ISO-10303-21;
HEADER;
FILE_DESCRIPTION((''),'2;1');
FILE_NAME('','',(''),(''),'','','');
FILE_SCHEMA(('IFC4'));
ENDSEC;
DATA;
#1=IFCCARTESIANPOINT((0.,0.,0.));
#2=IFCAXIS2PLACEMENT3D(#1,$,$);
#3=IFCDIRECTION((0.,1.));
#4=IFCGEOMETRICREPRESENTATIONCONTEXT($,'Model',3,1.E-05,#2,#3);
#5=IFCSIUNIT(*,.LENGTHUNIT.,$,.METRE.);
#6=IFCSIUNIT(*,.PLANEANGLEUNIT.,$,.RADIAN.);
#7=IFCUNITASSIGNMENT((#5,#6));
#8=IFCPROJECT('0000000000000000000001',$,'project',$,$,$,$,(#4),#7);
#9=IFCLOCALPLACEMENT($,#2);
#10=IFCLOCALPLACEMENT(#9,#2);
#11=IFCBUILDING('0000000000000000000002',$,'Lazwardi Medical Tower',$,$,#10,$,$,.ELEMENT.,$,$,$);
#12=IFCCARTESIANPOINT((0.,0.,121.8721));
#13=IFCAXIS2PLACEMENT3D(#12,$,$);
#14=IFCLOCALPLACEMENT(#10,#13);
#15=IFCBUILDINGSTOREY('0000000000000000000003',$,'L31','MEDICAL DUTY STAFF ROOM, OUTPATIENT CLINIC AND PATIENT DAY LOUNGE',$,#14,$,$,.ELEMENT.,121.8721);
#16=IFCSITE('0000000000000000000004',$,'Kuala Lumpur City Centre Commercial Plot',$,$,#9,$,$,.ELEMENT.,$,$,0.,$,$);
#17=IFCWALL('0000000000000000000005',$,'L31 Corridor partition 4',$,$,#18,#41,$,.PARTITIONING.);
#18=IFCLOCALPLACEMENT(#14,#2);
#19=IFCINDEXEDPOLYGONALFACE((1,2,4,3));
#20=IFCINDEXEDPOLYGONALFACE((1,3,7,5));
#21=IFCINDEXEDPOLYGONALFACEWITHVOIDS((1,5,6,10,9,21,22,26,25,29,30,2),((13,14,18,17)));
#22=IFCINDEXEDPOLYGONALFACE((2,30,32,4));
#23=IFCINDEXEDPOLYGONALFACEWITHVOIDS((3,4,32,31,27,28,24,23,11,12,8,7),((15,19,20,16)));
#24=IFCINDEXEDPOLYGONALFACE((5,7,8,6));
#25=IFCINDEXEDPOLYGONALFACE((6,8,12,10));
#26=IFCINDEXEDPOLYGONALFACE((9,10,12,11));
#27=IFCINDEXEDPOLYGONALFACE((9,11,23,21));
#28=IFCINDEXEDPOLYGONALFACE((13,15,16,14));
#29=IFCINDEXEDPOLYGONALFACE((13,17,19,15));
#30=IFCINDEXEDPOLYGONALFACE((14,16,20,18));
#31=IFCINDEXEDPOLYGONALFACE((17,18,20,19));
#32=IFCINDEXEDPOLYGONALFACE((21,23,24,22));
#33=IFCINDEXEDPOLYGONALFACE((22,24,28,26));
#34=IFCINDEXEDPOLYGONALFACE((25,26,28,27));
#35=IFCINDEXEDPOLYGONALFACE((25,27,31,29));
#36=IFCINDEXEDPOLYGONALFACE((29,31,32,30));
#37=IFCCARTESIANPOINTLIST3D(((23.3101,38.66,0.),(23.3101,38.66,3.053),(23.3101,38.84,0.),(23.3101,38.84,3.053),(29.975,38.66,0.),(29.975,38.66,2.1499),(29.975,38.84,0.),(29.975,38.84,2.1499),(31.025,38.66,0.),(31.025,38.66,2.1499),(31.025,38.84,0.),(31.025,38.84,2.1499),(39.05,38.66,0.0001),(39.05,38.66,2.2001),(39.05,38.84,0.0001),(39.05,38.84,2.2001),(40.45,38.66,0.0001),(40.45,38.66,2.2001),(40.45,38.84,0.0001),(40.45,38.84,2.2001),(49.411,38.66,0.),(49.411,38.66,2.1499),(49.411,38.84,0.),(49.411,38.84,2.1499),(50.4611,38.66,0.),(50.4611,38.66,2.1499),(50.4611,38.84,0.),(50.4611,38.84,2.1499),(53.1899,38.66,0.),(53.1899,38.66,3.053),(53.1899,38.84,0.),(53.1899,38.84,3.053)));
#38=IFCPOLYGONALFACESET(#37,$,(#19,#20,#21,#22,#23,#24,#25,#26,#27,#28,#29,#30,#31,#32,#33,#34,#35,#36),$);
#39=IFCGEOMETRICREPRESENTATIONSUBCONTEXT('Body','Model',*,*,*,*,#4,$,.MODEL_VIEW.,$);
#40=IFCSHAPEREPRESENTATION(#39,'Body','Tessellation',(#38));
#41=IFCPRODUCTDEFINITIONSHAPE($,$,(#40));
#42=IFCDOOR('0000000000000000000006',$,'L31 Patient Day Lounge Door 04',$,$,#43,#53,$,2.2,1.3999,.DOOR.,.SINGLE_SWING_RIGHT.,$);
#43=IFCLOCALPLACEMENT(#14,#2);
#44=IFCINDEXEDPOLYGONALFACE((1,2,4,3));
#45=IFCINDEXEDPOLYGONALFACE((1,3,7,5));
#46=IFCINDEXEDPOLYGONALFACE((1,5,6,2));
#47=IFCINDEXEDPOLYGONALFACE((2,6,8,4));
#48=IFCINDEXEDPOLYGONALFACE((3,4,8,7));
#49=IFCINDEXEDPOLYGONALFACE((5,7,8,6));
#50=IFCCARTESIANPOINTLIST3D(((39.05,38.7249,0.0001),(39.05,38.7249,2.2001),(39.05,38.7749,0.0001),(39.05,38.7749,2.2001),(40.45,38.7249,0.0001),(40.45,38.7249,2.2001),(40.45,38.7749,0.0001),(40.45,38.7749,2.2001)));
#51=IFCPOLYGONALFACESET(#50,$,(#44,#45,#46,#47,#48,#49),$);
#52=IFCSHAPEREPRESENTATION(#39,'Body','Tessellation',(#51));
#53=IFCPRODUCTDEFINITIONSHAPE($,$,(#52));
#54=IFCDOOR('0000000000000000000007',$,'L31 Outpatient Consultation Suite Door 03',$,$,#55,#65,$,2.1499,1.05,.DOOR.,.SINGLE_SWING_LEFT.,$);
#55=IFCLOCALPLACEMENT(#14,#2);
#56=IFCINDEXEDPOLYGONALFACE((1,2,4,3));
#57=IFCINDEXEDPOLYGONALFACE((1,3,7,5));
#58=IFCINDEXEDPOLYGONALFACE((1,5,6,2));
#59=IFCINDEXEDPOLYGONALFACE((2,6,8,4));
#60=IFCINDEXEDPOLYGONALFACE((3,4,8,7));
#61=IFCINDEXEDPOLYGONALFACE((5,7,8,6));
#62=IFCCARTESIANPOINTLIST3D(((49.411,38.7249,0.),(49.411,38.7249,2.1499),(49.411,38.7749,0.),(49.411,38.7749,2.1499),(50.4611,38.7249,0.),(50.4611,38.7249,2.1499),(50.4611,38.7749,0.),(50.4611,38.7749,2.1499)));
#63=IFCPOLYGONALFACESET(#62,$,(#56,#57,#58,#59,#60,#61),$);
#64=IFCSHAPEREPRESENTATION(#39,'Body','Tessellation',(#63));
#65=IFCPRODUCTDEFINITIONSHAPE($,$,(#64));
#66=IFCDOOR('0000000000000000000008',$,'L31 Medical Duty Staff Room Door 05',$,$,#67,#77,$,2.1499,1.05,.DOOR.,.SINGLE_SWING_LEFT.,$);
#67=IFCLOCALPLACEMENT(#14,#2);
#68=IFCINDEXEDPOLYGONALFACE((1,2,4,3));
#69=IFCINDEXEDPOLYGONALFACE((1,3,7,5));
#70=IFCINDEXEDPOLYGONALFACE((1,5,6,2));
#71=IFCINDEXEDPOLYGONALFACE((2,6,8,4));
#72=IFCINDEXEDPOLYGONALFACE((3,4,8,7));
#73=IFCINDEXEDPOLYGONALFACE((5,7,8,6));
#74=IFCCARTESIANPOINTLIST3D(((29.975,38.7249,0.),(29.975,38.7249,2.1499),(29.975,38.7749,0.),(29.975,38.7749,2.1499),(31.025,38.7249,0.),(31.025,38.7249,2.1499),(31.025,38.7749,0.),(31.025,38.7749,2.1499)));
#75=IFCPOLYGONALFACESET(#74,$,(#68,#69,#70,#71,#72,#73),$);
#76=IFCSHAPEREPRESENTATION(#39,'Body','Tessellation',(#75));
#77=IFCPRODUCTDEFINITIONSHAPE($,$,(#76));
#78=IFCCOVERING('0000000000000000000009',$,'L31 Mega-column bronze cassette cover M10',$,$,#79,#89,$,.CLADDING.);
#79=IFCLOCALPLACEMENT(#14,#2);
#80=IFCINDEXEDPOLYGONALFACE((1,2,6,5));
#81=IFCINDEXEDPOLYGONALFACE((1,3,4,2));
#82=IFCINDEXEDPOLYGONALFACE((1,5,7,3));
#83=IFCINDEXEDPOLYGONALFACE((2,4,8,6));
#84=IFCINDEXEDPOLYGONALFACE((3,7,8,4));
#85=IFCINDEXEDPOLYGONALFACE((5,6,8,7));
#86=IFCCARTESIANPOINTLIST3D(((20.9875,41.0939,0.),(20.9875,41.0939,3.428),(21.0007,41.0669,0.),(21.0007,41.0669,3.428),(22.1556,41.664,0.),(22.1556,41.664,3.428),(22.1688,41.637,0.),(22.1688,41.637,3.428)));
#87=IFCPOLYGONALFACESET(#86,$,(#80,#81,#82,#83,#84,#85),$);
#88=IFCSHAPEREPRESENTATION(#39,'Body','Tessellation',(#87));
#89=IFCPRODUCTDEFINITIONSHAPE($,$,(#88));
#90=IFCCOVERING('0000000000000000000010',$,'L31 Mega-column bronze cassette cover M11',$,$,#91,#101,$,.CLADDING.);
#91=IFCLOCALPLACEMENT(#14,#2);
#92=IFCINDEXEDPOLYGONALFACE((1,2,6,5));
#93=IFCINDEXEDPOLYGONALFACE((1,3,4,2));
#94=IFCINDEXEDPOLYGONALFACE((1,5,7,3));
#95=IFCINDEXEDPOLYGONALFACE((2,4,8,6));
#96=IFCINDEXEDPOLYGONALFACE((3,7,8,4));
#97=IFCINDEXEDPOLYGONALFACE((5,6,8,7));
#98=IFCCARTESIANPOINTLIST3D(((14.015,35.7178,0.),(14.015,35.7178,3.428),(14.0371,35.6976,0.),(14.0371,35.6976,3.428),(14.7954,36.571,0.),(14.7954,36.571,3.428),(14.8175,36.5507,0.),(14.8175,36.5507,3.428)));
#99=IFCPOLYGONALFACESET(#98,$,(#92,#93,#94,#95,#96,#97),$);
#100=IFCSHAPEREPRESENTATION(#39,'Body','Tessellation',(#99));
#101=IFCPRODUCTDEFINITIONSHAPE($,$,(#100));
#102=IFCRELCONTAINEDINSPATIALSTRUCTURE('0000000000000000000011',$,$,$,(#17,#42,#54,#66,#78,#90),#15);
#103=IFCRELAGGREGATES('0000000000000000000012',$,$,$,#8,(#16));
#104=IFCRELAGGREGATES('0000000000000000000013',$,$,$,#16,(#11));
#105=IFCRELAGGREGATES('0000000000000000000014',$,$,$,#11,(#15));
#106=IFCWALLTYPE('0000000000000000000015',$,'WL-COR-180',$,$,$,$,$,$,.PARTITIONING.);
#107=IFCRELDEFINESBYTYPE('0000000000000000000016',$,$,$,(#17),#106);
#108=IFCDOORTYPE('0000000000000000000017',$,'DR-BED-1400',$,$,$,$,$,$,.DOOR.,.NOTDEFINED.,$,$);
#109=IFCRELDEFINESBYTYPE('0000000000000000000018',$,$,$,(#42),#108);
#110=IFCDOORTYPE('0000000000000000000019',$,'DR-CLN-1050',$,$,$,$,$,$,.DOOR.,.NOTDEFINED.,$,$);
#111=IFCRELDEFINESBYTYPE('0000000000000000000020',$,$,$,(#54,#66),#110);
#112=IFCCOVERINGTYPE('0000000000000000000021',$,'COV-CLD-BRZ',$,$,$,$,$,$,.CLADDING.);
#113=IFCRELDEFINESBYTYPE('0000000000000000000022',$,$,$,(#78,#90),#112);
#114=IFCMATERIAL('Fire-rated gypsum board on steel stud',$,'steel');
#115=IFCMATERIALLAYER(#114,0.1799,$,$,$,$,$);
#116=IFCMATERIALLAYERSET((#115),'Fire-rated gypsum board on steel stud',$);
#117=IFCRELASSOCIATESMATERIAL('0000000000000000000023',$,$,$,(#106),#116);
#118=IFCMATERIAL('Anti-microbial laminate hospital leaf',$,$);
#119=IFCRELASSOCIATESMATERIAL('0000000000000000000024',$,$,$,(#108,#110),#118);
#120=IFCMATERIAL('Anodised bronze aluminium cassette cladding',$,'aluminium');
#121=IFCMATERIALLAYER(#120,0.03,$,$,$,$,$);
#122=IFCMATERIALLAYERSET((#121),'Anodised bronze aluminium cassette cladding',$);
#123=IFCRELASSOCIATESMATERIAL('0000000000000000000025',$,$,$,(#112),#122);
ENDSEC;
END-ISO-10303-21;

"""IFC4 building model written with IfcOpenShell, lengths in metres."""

from ifc_helpers import new_model, si_unit, direction, frame, frame_2d, origin, origin_2d, place, context, subcontext, project, spatial, rectangle, extrude, material, layer, layer_set, type_object, element, fill, save


model = new_model("IFC4")

# Units and contexts
model_context = context("Model", 3, precision=1e-05, world=origin(), true_north=direction((0.0, 1.0)))
body_context = subcontext(model_context, "Body", "Model", "MODEL_VIEW")
ifc_project = project(units=[si_unit("LENGTHUNIT", "METRE"), si_unit("PLANEANGLEUNIT", "RADIAN")], contexts=[model_context])

# Site, building, storey
site_placement = place(None, origin())
site = spatial("IfcSite", under=ifc_project, at=site_placement, Name="Kuala Lumpur City Centre Commercial Plot", CompositionType="ELEMENT", RefElevation=0.0)
building_placement = place(site_placement, origin())
building = spatial("IfcBuilding", under=site, at=building_placement, Name="Lazwardi Medical Tower", CompositionType="ELEMENT")
storey_placement = place(building_placement, frame((0.0, 0.0, 121.8721)))
storey = spatial("IfcBuildingStorey", under=building, at=storey_placement, Name="L31", Description="MEDICAL DUTY STAFF ROOM, OUTPATIENT CLINIC AND PATIENT DAY LOUNGE", CompositionType="ELEMENT", Elevation=121.8721)

# Wall, openings, doors
ifc_material_1 = material(Name="Fire-rated gypsum board on steel stud", Category="steel")
ifc_layer_1 = layer(ifc_material_1, 0.1799)
ifc_layer_set_1 = layer_set([ifc_layer_1], Name="Fire-rated gypsum board on steel stud")
wall_type = type_object("IfcWallType", Name="WL-COR-180", PredefinedType="PARTITIONING", material=ifc_layer_set_1)
wall_placement = place(storey_placement, frame((23.3101, 38.75, 0.0), z_axis=(0.0, 0.0, 1.0), x_axis=(1.0, 0.0, 0.0)))
wall = element("IfcWall", 1, at=wall_placement, inside=storey, type_object=wall_type, Name="L31 Corridor partition 4", PredefinedType="PARTITIONING", context=body_context, shape_type="SweptSolid", body=[
    extrude(rectangle(XDim=29.8799, YDim=0.1799, at=frame_2d((14.9399, 0.0))), origin(), (0.0, 0.0, 1.0), 3.053),
])
opening_1_placement = place(wall_placement, frame((26.1011, 0.0, 0.0)))
opening_1 = element("IfcOpeningElement", 2, at=opening_1_placement, cuts=wall, PredefinedType="OPENING", context=body_context, shape_type="SweptSolid", body=[
    extrude(rectangle(XDim=1.05, YDim=2.1499, at=frame_2d((0.5249, 1.075))), frame((0.0, 0.0999, 0.0), z_axis=(0.0, -1.0, 0.0), x_axis=(1.0, 0.0, 0.0)), (0.0, 0.0, 1.0), 0.2),
])
opening_2_placement = place(wall_placement, frame((15.74, 0.0, 0.0)))
opening_2 = element("IfcOpeningElement", 3, at=opening_2_placement, cuts=wall, PredefinedType="OPENING", context=body_context, shape_type="SweptSolid", body=[
    extrude(rectangle(XDim=1.3999, YDim=2.2, at=frame_2d((0.7, 1.1001))), frame((0.0, 0.0999, 0.0), z_axis=(0.0, -1.0, 0.0), x_axis=(1.0, 0.0, 0.0)), (0.0, 0.0, 1.0), 0.2),
])
opening_3_placement = place(wall_placement, frame((6.665, 0.0, 0.0)))
opening_3 = element("IfcOpeningElement", 4, at=opening_3_placement, cuts=wall, PredefinedType="OPENING", context=body_context, shape_type="SweptSolid", body=[
    extrude(rectangle(XDim=1.05, YDim=2.1499, at=frame_2d((0.5249, 1.075))), frame((0.0, 0.0999, 0.0), z_axis=(0.0, -1.0, 0.0), x_axis=(1.0, 0.0, 0.0)), (0.0, 0.0, 1.0), 0.2),
])
ifc_material_2 = material(Name="Anti-microbial laminate hospital leaf")
door_type_1 = type_object("IfcDoorType", Name="DR-BED-1400", OperationType="NOTDEFINED", PredefinedType="DOOR", material=ifc_material_2)
door_1_placement = place(opening_2_placement, origin())
door_1 = element("IfcDoor", 5, at=door_1_placement, inside=storey, type_object=door_type_1, Name="L31 Patient Day Lounge Door 04", OperationType="SINGLE_SWING_RIGHT", OverallHeight=2.2, OverallWidth=1.3999, PredefinedType="DOOR", context=body_context, shape_type="SweptSolid", body=[
    extrude(rectangle(XDim=1.3999, YDim=2.2, at=frame_2d((0.7, 1.1001))), frame((0.0, 0.0249, 0.0), z_axis=(0.0, -1.0, 0.0), x_axis=(1.0, 0.0, 0.0)), (0.0, 0.0, 1.0), 0.05),
])
fill(opening_2, door_1)
door_type_2 = type_object("IfcDoorType", Name="DR-CLN-1050", OperationType="NOTDEFINED", PredefinedType="DOOR", material=ifc_material_2)
door_2_placement = place(opening_1_placement, origin())
door_2 = element("IfcDoor", 6, at=door_2_placement, inside=storey, type_object=door_type_2, Name="L31 Outpatient Consultation Suite Door 03", OperationType="SINGLE_SWING_LEFT", OverallHeight=2.1499, OverallWidth=1.05, PredefinedType="DOOR", context=body_context, shape_type="SweptSolid", body=[
    extrude(rectangle(XDim=1.05, YDim=2.1499, at=frame_2d((0.5249, 1.075))), frame((0.0, 0.0249, 0.0), z_axis=(0.0, -1.0, 0.0), x_axis=(1.0, 0.0, 0.0)), (0.0, 0.0, 1.0), 0.05),
])
fill(opening_1, door_2)
door_3_placement = place(opening_3_placement, origin())
door_3 = element("IfcDoor", 7, at=door_3_placement, inside=storey, type_object=door_type_2, Name="L31 Medical Duty Staff Room Door 05", OperationType="SINGLE_SWING_LEFT", OverallHeight=2.1499, OverallWidth=1.05, PredefinedType="DOOR", context=body_context, shape_type="SweptSolid", body=[
    extrude(rectangle(XDim=1.05, YDim=2.1499, at=frame_2d((0.5249, 1.075))), frame((0.0, 0.0249, 0.0), z_axis=(0.0, -1.0, 0.0), x_axis=(1.0, 0.0, 0.0)), (0.0, 0.0, 1.0), 0.05),
])
fill(opening_3, door_3)

# Coverings
ifc_material_3 = material(Name="Anodised bronze aluminium cassette cladding", Category="aluminium")
ifc_layer_2 = layer(ifc_material_3, 0.03)
ifc_layer_set_2 = layer_set([ifc_layer_2], Name="Anodised bronze aluminium cassette cladding")
covering_type = type_object("IfcCoveringType", Name="COV-CLD-BRZ", PredefinedType="CLADDING", material=ifc_layer_set_2)
covering_1_placement = place(storey_placement, frame((21.5781, 41.3655, 0.0), z_axis=(0.0, 0.0, 1.0), x_axis=(-0.898679, -0.438606, 0.0)))
element("IfcCovering", 8, at=covering_1_placement, inside=storey, type_object=covering_type, Name="L31 Mega-column bronze cassette cover M10", PredefinedType="CLADDING", context=body_context, shape_type="SweptSolid", body=[
    extrude(rectangle(XDim=1.2998, YDim=0.03, at=origin_2d()), origin(), (0.0, 0.0, 1.0), 3.428),
])
covering_2_placement = place(storey_placement, frame((14.4163, 36.1343, 0.0), z_axis=(0.0, 0.0, 1.0), x_axis=(-0.674926, -0.737885, 0.0)))
element("IfcCovering", 9, at=covering_2_placement, inside=storey, type_object=covering_type, Name="L31 Mega-column bronze cassette cover M11", PredefinedType="CLADDING", context=body_context, shape_type="SweptSolid", body=[
    extrude(rectangle(XDim=1.1562, YDim=0.03, at=origin_2d()), origin(), (0.0, 0.0, 1.0), 3.428),
])

save(model, "model.ifc")
